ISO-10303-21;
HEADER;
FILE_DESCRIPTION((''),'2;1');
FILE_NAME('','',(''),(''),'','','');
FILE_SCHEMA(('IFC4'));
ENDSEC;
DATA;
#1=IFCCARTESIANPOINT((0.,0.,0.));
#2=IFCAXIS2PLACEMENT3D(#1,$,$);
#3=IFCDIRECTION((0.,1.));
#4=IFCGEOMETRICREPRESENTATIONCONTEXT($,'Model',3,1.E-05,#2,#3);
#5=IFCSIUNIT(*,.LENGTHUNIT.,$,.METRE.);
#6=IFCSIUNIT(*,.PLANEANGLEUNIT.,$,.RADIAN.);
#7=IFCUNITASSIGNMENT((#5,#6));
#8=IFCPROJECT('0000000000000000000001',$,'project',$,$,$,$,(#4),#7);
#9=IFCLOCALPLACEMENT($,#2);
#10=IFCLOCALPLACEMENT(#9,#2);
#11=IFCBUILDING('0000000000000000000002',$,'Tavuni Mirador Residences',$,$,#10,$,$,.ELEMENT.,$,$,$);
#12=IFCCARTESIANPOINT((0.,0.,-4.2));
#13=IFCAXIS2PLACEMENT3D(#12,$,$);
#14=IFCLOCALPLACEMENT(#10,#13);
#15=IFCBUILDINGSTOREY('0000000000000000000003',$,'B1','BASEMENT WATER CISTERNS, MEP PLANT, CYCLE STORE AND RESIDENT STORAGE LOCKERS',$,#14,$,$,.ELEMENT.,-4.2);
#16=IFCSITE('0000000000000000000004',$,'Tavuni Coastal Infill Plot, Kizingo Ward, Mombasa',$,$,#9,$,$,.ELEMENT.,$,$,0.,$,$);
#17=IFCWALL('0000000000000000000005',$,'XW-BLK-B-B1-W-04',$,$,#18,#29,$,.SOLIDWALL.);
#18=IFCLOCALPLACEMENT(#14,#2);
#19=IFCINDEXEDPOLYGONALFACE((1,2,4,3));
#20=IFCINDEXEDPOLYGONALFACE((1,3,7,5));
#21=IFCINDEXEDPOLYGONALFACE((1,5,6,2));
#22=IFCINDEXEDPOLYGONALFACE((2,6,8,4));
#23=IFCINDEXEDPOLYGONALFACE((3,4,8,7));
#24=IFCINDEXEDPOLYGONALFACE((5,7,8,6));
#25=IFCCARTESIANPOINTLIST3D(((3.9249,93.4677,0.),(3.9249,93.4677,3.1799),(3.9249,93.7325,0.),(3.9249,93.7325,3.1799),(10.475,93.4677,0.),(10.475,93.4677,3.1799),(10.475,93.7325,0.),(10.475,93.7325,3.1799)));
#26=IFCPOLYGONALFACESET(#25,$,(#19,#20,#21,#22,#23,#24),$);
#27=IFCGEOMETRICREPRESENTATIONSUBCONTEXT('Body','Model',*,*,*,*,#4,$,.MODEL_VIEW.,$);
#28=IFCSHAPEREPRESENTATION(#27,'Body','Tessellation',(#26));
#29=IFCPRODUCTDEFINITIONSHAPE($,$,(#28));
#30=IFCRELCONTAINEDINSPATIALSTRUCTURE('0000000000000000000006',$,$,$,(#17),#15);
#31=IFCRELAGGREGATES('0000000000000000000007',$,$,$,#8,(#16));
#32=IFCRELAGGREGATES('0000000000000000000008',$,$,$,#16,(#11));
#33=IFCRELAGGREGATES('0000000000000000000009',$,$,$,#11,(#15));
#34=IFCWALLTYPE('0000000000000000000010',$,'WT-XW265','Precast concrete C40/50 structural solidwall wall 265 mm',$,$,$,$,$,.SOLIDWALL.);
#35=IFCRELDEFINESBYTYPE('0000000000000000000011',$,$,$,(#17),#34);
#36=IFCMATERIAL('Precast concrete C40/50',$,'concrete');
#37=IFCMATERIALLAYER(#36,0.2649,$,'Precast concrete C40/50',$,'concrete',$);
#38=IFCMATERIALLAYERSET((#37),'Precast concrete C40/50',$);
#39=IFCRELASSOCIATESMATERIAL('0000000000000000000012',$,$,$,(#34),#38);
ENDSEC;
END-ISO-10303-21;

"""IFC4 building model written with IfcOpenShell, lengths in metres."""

from ifc_helpers import new_model, si_unit, direction, frame, frame_2d, origin, place, context, subcontext, project, spatial, rectangle, extrude, material, layer, layer_set, type_object, element, save


model = new_model("IFC4")

# Units and contexts
model_context = context("Model", 3, precision=1e-05, world=origin(), true_north=direction((0.0, 1.0)))
body_context = subcontext(model_context, "Body", "Model", "MODEL_VIEW")
ifc_project = project(units=[si_unit("LENGTHUNIT", "METRE"), si_unit("PLANEANGLEUNIT", "RADIAN")], contexts=[model_context])

# Site, building, storey
site_placement = place(None, origin())
site = spatial("IfcSite", under=ifc_project, at=site_placement, Name="Tavuni Coastal Infill Plot, Kizingo Ward, Mombasa", CompositionType="ELEMENT", RefElevation=0.0)
building_placement = place(site_placement, origin())
building = spatial("IfcBuilding", under=site, at=building_placement, Name="Tavuni Mirador Residences", CompositionType="ELEMENT")
storey_placement = place(building_placement, frame((0.0, 0.0, -4.2)))
storey = spatial("IfcBuildingStorey", under=building, at=storey_placement, Name="B1", Description="BASEMENT WATER CISTERNS, MEP PLANT, CYCLE STORE AND RESIDENT STORAGE LOCKERS", CompositionType="ELEMENT", Elevation=-4.2)

# Shared definitions
ifc_material_1 = material(Name="Precast concrete C40/50", Category="concrete")

# Wall
ifc_layer_1 = layer(ifc_material_1, 0.2649, Name="Precast concrete C40/50", Category="concrete")
ifc_layer_set_1 = layer_set([ifc_layer_1], Name="Precast concrete C40/50")
wall_type_1 = type_object("IfcWallType", Name="WT-XW265", Description="Precast concrete C40/50 structural solidwall wall 265 mm", PredefinedType="SOLIDWALL", material=ifc_layer_set_1)
wall_1_placement = place(storey_placement, frame((3.925, 93.6001, 0.0), z_axis=(0.0, 0.0, 1.0), x_axis=(1.0, 0.0, 0.0)))
element("IfcWall", 1, at=wall_1_placement, inside=storey, type_object=wall_type_1, Name="XW-BLK-B-B1-W-04", PredefinedType="SOLIDWALL", context=body_context, shape_type="SweptSolid", body=[
    extrude(rectangle(XDim=6.55, YDim=0.2649, at=frame_2d((3.2749, 0.0))), origin(), (0.0, 0.0, 1.0), 3.1799),
])

save(model, "model.ifc")
